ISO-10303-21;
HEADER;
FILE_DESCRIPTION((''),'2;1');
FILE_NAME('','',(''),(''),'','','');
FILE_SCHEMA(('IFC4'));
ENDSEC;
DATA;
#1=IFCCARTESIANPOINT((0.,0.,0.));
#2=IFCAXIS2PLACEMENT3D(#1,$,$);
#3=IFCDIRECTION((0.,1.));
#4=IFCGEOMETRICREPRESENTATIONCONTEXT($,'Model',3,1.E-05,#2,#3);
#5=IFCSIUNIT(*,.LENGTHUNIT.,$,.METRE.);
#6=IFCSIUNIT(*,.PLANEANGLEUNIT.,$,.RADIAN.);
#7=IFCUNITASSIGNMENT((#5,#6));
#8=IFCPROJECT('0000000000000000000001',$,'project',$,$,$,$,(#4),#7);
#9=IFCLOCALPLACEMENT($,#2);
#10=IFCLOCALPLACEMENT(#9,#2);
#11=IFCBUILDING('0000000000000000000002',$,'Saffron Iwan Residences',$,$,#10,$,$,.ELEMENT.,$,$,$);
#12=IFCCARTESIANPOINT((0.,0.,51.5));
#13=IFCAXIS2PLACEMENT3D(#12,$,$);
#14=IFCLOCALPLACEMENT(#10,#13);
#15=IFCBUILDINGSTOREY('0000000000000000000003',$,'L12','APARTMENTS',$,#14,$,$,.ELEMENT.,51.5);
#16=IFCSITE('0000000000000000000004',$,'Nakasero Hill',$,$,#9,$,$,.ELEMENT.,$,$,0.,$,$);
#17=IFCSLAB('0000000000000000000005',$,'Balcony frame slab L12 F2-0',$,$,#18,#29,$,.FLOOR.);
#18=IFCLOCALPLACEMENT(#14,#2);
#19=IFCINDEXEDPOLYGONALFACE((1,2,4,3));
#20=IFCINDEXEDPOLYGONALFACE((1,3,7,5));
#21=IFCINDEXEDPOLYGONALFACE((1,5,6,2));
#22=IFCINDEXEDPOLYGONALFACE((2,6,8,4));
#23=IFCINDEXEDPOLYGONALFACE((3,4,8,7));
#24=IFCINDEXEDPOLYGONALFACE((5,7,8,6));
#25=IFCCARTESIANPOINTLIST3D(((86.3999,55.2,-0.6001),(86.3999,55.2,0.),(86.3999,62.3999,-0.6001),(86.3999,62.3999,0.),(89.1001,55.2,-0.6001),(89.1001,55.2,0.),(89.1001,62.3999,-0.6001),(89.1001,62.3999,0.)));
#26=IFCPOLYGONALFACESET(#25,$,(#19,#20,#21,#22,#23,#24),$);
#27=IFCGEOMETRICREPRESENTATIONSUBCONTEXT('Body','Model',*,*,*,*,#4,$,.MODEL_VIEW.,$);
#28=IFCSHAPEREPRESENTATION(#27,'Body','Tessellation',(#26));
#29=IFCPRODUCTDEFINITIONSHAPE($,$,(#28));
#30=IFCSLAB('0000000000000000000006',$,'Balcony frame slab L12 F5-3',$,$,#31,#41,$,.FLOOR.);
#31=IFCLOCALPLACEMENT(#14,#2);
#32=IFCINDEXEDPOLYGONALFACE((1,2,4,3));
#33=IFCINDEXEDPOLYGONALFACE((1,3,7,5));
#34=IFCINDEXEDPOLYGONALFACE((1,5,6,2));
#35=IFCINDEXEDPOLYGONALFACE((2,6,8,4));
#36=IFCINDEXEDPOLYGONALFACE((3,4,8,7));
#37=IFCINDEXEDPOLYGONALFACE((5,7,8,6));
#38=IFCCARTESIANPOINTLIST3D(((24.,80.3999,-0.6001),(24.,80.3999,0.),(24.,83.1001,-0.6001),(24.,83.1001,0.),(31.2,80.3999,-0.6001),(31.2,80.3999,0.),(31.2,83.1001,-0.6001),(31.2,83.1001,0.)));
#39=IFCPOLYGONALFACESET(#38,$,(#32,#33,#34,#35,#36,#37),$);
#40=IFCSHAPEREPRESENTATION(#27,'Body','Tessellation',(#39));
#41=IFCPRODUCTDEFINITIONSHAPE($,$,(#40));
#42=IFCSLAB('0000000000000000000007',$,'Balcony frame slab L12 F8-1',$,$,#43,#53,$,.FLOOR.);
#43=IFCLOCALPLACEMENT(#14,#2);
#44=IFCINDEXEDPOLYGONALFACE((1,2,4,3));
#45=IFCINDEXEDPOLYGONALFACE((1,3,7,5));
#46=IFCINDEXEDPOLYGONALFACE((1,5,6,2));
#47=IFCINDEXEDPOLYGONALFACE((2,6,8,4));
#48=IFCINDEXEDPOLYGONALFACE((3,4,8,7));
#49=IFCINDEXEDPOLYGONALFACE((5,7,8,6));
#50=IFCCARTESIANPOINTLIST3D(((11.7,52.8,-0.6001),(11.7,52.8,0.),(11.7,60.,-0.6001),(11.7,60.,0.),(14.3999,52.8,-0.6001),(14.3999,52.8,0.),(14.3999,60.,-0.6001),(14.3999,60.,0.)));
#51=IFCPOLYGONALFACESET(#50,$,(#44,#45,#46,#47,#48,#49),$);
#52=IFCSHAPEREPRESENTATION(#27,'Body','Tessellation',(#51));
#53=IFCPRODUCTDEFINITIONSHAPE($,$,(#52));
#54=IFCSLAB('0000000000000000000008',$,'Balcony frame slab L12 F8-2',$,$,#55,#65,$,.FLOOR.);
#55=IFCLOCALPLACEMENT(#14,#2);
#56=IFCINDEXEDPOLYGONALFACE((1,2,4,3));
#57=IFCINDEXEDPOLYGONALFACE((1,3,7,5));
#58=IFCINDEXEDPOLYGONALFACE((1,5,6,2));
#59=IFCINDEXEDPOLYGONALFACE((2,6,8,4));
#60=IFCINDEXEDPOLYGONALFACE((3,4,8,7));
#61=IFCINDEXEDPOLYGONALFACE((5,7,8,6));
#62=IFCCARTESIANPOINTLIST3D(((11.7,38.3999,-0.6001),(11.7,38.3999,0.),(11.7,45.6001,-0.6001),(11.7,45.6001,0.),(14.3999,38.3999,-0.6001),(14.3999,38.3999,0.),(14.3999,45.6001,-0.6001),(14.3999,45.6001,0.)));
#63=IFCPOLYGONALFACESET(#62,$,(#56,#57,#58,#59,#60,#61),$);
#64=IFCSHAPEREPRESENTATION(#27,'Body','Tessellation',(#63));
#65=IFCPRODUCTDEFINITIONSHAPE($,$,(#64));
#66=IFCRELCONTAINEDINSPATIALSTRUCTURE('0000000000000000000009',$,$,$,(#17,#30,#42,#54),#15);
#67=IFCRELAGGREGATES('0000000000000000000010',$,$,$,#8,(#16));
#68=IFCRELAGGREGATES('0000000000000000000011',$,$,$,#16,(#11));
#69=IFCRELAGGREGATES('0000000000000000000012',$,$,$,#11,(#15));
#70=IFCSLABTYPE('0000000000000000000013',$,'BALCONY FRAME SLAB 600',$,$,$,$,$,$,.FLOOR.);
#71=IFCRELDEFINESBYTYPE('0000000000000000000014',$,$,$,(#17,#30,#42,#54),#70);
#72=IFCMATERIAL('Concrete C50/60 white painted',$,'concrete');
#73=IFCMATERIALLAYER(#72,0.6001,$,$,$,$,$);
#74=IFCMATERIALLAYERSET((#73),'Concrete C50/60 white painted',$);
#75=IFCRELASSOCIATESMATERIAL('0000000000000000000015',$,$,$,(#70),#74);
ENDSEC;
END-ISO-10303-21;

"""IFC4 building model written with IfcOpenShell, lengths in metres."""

from ifc_helpers import new_model, si_unit, direction, frame, origin, place, context, subcontext, project, spatial, polyline, outline, extrude, material, layer, layer_set, type_object, element, save


model = new_model("IFC4")

# Units and contexts
model_context = context("Model", 3, precision=1e-05, world=origin(), true_north=direction((0.0, 1.0)))
body_context = subcontext(model_context, "Body", "Model", "MODEL_VIEW")
ifc_project = project(units=[si_unit("LENGTHUNIT", "METRE"), si_unit("PLANEANGLEUNIT", "RADIAN")], contexts=[model_context])

# Site, building, storey
site_placement = place(None, origin())
site = spatial("IfcSite", under=ifc_project, at=site_placement, Name="Nakasero Hill", CompositionType="ELEMENT", RefElevation=0.0)
building_placement = place(site_placement, origin())
building = spatial("IfcBuilding", under=site, at=building_placement, Name="Saffron Iwan Residences", CompositionType="ELEMENT")
storey_placement = place(building_placement, frame((0.0, 0.0, 51.5)))
storey = spatial("IfcBuildingStorey", under=building, at=storey_placement, Name="L12", Description="APARTMENTS", CompositionType="ELEMENT", Elevation=51.5)

# Slabs
ifc_material_1 = material(Name="Concrete C50/60 white painted", Category="concrete")
ifc_layer_1 = layer(ifc_material_1, 0.6001)
ifc_layer_set_1 = layer_set([ifc_layer_1], Name="Concrete C50/60 white painted")
slab_type_1 = type_object("IfcSlabType", Name="BALCONY FRAME SLAB 600", PredefinedType="FLOOR", material=ifc_layer_set_1)
slab_1_placement = place(storey_placement, frame((0.0, 0.0, -0.6001)))
element("IfcSlab", 1, at=slab_1_placement, inside=storey, type_object=slab_type_1, Name="Balcony frame slab L12 F2-0", PredefinedType="FLOOR", context=body_context, shape_type="SweptSolid", body=[
    extrude(outline(polyline([(89.1001, 55.2), (89.1001, 62.3999), (86.3999, 62.3999), (86.3999, 55.2), (89.1001, 55.2)])), origin(), (0.0, 0.0, 1.0), 0.6001),
])
slab_2_placement = place(storey_placement, frame((0.0, 0.0, -0.6001)))
element("IfcSlab", 2, at=slab_2_placement, inside=storey, type_object=slab_type_1, Name="Balcony frame slab L12 F5-3", PredefinedType="FLOOR", context=body_context, shape_type="SweptSolid", body=[
    extrude(outline(polyline([(31.2, 83.1001), (24.0, 83.1001), (24.0, 80.3999), (31.2, 80.3999), (31.2, 83.1001)])), origin(), (0.0, 0.0, 1.0), 0.6001),
])
slab_3_placement = place(storey_placement, frame((0.0, 0.0, -0.6001)))
element("IfcSlab", 3, at=slab_3_placement, inside=storey, type_object=slab_type_1, Name="Balcony frame slab L12 F8-1", PredefinedType="FLOOR", context=body_context, shape_type="SweptSolid", body=[
    extrude(outline(polyline([(11.7, 60.0), (11.7, 52.8), (14.3999, 52.8), (14.3999, 60.0), (11.7, 60.0)])), origin(), (0.0, 0.0, 1.0), 0.6001),
])
slab_4_placement = place(storey_placement, frame((0.0, 0.0, -0.6001)))
element("IfcSlab", 4, at=slab_4_placement, inside=storey, type_object=slab_type_1, Name="Balcony frame slab L12 F8-2", PredefinedType="FLOOR", context=body_context, shape_type="SweptSolid", body=[
    extrude(outline(polyline([(11.7, 45.6001), (11.7, 38.3999), (14.3999, 38.3999), (14.3999, 45.6001), (11.7, 45.6001)])), origin(), (0.0, 0.0, 1.0), 0.6001),
])

save(model, "model.ifc")
